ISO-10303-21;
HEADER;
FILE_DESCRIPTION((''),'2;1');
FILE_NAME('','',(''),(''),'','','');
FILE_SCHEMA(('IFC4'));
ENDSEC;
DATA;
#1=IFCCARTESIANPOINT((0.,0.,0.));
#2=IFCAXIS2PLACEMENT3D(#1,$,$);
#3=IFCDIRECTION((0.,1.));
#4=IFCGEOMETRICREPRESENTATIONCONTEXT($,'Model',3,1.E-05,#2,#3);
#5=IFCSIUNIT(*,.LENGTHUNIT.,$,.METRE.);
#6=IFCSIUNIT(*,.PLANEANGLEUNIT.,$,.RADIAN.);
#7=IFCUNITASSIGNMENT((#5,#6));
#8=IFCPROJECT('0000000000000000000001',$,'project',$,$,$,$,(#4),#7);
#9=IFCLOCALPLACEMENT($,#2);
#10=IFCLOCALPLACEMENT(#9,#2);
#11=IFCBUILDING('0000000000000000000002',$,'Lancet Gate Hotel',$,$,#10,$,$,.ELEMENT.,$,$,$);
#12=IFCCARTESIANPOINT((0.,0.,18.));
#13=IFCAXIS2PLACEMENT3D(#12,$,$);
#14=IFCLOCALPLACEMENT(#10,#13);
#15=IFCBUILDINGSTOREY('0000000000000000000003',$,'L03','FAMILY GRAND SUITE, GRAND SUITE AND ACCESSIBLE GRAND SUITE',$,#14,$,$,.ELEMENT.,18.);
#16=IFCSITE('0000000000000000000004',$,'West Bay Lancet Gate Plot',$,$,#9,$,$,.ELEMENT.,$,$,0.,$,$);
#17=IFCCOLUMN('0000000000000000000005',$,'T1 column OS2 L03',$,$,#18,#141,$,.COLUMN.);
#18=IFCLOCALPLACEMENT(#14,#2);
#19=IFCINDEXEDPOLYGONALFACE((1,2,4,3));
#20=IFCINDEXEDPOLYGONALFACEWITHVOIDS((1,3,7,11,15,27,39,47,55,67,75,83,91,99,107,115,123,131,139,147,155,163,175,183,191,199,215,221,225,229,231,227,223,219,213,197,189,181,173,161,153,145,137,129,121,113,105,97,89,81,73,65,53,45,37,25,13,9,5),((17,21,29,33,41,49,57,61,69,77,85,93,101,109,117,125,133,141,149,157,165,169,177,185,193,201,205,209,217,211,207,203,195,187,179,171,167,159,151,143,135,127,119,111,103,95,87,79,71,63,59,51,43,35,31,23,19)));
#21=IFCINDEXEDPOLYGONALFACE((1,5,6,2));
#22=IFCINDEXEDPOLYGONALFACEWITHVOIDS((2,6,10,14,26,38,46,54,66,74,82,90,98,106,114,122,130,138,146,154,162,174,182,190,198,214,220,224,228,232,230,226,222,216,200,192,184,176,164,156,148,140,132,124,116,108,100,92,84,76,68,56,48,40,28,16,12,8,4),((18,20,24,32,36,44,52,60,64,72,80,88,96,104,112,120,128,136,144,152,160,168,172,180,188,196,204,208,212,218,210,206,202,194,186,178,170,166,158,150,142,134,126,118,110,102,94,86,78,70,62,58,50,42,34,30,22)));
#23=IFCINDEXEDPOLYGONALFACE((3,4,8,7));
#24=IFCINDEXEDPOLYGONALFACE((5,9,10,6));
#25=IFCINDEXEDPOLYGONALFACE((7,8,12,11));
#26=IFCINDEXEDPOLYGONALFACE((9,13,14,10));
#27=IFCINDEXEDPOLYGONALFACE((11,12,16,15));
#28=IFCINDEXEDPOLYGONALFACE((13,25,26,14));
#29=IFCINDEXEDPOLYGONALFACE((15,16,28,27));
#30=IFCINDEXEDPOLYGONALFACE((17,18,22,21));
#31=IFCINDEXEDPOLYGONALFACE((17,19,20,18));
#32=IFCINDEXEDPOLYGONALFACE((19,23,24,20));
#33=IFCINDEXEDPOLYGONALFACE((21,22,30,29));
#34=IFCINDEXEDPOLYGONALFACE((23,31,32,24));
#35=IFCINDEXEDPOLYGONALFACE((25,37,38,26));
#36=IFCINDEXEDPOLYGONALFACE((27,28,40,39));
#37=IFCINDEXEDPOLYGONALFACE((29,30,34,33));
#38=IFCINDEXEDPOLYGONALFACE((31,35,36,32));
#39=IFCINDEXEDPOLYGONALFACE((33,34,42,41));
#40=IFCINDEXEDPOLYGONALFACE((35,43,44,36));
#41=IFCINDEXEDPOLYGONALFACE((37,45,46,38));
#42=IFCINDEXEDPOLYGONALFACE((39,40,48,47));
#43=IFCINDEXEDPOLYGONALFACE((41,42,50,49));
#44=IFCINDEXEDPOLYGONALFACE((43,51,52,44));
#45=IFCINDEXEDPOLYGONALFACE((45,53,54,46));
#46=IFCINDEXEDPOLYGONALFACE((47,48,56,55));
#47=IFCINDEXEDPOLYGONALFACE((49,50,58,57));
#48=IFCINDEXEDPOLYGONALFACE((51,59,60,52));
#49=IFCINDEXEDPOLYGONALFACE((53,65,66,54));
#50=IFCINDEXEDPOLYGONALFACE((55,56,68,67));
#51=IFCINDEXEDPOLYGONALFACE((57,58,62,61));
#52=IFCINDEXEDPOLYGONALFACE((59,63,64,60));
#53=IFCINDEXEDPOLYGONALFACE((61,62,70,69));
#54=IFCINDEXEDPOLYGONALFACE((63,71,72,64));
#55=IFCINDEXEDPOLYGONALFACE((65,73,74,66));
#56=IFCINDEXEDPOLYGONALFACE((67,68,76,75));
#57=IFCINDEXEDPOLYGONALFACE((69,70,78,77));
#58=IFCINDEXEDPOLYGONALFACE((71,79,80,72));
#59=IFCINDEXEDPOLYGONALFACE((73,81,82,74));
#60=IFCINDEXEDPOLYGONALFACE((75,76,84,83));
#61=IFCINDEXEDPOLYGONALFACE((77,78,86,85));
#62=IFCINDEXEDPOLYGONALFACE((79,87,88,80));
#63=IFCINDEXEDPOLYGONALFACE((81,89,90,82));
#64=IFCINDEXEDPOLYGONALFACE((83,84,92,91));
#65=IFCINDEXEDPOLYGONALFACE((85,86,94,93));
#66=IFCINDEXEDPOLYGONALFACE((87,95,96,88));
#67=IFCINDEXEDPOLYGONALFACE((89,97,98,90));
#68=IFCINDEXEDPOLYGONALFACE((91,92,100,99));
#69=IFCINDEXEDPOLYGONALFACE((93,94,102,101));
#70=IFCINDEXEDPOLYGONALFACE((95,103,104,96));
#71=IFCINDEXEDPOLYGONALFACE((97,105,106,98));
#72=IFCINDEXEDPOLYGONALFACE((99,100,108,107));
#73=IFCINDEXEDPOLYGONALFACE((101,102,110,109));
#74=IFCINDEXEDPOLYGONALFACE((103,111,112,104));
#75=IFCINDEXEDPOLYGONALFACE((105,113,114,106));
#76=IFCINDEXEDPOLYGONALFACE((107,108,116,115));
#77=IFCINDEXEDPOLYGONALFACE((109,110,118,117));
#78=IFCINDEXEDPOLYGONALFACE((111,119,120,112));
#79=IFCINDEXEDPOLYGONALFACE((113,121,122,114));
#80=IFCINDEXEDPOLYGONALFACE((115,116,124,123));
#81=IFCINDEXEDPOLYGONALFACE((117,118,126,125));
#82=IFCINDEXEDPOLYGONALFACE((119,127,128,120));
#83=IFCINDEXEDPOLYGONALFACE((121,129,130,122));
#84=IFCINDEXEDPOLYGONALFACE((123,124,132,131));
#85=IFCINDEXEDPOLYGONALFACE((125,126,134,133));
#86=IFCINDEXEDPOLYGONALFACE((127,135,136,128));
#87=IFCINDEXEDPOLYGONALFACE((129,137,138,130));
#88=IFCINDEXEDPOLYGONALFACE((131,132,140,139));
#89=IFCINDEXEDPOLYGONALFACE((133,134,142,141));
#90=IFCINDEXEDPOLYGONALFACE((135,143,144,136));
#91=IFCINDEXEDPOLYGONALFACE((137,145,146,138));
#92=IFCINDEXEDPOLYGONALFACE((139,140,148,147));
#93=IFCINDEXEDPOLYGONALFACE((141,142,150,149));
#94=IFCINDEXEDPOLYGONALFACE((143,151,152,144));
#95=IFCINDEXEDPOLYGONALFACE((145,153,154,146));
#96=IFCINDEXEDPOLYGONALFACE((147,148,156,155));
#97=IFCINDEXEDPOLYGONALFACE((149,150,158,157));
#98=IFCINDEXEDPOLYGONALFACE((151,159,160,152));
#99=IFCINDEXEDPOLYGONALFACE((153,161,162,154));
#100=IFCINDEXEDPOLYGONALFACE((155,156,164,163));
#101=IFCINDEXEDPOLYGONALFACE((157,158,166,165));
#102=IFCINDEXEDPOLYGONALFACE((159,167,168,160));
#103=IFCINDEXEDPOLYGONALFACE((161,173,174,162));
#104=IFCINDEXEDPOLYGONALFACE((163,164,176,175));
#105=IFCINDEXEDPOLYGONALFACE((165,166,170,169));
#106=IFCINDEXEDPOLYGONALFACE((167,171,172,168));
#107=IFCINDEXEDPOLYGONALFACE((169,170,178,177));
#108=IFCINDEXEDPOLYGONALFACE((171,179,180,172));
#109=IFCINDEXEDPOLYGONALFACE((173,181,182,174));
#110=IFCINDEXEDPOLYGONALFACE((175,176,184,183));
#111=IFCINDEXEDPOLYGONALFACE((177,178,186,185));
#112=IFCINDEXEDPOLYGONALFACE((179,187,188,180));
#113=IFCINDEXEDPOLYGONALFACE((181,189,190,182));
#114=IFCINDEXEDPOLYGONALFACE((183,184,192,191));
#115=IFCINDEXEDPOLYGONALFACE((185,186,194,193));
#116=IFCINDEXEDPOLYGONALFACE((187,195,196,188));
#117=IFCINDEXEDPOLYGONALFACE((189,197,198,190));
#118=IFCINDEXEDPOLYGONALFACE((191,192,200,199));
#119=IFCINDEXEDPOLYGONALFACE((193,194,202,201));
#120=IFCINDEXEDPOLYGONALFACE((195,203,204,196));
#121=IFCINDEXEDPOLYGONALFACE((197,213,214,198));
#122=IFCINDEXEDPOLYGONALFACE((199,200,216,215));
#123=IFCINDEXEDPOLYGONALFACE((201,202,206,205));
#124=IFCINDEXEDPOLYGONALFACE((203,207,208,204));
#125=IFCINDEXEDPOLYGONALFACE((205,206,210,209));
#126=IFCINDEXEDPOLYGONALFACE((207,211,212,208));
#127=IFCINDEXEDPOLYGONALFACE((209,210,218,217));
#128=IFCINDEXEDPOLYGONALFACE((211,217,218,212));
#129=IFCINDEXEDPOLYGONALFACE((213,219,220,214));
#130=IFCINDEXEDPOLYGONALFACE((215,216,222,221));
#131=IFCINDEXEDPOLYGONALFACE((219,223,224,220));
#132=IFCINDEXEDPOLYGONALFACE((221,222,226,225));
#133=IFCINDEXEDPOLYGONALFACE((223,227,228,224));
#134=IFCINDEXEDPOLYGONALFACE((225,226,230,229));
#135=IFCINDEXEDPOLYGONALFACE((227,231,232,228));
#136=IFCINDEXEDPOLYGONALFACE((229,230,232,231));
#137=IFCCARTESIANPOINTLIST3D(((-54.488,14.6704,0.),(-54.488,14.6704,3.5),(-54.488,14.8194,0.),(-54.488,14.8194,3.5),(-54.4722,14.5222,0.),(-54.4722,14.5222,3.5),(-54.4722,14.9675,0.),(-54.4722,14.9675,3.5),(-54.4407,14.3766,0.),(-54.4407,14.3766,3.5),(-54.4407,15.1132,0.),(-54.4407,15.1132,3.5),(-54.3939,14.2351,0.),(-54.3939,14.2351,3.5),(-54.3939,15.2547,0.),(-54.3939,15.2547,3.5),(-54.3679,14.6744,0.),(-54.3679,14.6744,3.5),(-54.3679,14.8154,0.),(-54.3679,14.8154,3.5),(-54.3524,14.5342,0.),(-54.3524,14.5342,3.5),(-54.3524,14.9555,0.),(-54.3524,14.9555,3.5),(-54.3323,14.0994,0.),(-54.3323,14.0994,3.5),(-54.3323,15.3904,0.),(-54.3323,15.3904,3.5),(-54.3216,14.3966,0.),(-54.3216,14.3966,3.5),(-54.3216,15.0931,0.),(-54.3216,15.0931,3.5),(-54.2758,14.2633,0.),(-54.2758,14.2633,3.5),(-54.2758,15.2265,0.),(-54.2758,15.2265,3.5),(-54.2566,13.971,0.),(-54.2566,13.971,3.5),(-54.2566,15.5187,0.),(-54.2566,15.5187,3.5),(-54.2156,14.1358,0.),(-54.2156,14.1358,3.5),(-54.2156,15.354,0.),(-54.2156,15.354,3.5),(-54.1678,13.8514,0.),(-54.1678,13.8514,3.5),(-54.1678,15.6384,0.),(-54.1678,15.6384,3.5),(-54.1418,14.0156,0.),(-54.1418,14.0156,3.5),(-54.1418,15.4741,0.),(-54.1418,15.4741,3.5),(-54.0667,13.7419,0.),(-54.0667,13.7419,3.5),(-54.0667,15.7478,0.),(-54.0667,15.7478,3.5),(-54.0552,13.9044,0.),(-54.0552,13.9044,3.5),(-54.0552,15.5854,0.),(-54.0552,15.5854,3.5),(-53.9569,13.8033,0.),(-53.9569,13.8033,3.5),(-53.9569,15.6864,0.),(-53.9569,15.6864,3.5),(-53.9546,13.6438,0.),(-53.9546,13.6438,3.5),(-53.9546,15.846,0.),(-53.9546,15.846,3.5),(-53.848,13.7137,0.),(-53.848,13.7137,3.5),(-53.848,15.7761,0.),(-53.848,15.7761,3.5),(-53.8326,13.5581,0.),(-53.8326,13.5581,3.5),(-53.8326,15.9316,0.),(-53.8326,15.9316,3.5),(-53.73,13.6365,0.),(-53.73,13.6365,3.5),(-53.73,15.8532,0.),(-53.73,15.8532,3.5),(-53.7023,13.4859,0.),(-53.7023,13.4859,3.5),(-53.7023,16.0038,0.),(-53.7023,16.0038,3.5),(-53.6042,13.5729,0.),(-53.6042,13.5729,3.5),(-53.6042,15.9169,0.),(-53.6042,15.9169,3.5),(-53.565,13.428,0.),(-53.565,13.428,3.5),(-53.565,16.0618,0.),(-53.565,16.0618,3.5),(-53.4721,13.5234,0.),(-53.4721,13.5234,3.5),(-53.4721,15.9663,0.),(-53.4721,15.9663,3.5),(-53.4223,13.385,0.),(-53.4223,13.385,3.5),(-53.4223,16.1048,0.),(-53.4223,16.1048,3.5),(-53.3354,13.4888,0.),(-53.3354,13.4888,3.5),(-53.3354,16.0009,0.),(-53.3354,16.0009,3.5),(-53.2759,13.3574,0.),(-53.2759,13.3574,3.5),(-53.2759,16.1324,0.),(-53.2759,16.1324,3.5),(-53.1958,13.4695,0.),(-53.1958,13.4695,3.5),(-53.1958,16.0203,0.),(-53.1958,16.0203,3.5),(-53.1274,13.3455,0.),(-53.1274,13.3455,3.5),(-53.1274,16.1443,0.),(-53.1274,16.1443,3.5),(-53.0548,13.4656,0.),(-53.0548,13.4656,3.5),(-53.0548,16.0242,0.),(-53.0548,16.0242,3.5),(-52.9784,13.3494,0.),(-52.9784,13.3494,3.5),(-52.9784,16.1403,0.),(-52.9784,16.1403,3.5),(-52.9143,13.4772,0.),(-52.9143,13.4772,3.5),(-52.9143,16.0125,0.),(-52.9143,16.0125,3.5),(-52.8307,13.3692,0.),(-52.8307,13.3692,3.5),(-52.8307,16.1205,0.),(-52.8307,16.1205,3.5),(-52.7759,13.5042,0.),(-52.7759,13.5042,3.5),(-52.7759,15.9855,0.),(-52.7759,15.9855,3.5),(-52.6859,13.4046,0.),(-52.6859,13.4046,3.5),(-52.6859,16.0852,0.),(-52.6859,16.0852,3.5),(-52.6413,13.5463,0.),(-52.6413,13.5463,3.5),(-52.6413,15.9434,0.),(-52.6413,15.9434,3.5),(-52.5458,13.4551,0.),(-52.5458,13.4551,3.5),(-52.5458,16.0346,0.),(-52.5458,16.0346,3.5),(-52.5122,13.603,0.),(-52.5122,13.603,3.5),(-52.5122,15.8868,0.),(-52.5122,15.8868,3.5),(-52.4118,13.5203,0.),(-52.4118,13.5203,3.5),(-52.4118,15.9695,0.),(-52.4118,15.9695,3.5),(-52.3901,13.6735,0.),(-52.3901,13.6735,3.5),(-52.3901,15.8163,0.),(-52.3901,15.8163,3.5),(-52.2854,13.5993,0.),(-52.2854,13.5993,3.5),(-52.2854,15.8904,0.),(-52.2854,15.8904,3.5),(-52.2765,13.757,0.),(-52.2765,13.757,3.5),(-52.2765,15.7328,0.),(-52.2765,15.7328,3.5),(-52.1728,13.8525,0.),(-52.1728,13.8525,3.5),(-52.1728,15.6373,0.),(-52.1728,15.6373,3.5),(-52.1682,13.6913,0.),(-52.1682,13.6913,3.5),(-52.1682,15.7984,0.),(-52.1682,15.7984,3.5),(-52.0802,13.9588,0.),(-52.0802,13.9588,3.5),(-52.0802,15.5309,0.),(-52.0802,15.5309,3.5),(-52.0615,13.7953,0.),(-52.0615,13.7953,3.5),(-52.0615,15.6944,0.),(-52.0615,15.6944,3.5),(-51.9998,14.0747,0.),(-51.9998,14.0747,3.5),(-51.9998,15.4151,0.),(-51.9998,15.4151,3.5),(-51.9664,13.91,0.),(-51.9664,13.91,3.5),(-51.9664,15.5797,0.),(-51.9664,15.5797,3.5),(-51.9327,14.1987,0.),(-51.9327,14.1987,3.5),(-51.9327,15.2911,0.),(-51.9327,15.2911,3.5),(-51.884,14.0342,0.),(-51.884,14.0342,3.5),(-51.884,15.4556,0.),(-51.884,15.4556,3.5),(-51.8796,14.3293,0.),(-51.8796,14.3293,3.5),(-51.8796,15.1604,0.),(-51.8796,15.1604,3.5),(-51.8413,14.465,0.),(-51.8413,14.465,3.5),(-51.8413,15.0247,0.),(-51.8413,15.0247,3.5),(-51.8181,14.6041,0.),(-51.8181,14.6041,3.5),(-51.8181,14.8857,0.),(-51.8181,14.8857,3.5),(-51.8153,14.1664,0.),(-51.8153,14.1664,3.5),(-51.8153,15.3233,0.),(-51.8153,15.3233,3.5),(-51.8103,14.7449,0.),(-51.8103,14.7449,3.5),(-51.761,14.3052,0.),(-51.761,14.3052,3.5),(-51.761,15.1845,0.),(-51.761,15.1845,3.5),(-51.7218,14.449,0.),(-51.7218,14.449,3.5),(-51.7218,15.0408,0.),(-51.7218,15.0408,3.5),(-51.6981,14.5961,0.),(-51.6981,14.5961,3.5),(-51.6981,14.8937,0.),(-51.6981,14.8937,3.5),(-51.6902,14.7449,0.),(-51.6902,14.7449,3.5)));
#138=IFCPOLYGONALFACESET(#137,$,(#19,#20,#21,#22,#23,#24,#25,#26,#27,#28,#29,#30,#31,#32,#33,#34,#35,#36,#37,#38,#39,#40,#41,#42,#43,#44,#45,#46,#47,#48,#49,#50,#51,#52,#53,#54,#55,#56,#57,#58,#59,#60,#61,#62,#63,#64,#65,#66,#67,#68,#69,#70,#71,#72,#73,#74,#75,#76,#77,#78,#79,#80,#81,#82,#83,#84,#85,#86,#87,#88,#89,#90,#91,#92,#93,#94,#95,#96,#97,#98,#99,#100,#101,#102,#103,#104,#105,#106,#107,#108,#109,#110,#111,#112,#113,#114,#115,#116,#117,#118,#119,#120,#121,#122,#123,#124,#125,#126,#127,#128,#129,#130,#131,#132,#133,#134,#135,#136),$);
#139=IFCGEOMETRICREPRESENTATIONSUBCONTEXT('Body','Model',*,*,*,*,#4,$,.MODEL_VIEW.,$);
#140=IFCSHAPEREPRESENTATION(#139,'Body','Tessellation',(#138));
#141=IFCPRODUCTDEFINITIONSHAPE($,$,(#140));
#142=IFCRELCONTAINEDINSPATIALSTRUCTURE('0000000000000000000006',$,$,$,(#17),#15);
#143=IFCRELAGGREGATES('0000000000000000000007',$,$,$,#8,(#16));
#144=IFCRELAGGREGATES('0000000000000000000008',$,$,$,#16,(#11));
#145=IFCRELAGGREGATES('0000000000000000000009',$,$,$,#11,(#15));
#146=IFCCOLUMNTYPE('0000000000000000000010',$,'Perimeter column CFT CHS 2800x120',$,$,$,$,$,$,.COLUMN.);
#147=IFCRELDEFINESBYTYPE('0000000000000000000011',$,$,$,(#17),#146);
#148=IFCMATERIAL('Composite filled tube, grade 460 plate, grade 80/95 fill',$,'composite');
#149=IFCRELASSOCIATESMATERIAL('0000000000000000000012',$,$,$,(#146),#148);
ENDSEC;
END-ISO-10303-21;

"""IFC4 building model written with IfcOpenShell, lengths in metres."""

from ifc_helpers import new_model, si_unit, direction, frame, origin, origin_2d, place, context, subcontext, project, spatial, hollow_circle, extrude, material, material_profile, profile_set, type_object, element, save


model = new_model("IFC4")

# Units and contexts
model_context = context("Model", 3, precision=1e-05, world=origin(), true_north=direction((0.0, 1.0)))
body_context = subcontext(model_context, "Body", "Model", "MODEL_VIEW")
ifc_project = project(units=[si_unit("LENGTHUNIT", "METRE"), si_unit("PLANEANGLEUNIT", "RADIAN")], contexts=[model_context])

# Site, building, storey
site_placement = place(None, origin())
site = spatial("IfcSite", under=ifc_project, at=site_placement, Name="West Bay Lancet Gate Plot", CompositionType="ELEMENT", RefElevation=0.0)
building_placement = place(site_placement, origin())
building = spatial("IfcBuilding", under=site, at=building_placement, Name="Lancet Gate Hotel", CompositionType="ELEMENT")
storey_placement = place(building_placement, frame((0.0, 0.0, 18.0)))
storey = spatial("IfcBuildingStorey", under=building, at=storey_placement, Name="L03", Description="FAMILY GRAND SUITE, GRAND SUITE AND ACCESSIBLE GRAND SUITE", CompositionType="ELEMENT", Elevation=18.0)

# Column
ifc_material_1 = material(Name="Composite filled tube, grade 460 plate, grade 80/95 fill", Category="composite")
ifc_material_profile_1 = material_profile(ifc_material_1, hollow_circle(Radius=1.3999, WallThickness=0.1201, at=origin_2d()), Name="CHS 2800x120")
ifc_profile_set_1 = profile_set([ifc_material_profile_1], Name="Composite filled tube, grade 460 plate, grade 80/95 fill")
column_type = type_object("IfcColumnType", Name="Perimeter column CFT CHS 2800x120", PredefinedType="COLUMN", material=ifc_profile_set_1)
for number, where, z_axis, x_axis, name in (
    (1, (-53.0901, 14.7449, 0.0), (0.0, 0.0, 1.0), (1.0, 0.0, 0.0), "T1 column OS2 L03"),
):
    element("IfcColumn", number, at=place(storey_placement, frame(where, z_axis=z_axis, x_axis=x_axis)), inside=storey, type_object=column_type, Name=name, PredefinedType="COLUMN", context=body_context, shape_type="SweptSolid", body=[
        extrude(hollow_circle(Radius=1.3999, WallThickness=0.1201, at=origin_2d()), origin(), (0.0, 0.0, 1.0), 3.5),
    ])

save(model, "model.ifc")
